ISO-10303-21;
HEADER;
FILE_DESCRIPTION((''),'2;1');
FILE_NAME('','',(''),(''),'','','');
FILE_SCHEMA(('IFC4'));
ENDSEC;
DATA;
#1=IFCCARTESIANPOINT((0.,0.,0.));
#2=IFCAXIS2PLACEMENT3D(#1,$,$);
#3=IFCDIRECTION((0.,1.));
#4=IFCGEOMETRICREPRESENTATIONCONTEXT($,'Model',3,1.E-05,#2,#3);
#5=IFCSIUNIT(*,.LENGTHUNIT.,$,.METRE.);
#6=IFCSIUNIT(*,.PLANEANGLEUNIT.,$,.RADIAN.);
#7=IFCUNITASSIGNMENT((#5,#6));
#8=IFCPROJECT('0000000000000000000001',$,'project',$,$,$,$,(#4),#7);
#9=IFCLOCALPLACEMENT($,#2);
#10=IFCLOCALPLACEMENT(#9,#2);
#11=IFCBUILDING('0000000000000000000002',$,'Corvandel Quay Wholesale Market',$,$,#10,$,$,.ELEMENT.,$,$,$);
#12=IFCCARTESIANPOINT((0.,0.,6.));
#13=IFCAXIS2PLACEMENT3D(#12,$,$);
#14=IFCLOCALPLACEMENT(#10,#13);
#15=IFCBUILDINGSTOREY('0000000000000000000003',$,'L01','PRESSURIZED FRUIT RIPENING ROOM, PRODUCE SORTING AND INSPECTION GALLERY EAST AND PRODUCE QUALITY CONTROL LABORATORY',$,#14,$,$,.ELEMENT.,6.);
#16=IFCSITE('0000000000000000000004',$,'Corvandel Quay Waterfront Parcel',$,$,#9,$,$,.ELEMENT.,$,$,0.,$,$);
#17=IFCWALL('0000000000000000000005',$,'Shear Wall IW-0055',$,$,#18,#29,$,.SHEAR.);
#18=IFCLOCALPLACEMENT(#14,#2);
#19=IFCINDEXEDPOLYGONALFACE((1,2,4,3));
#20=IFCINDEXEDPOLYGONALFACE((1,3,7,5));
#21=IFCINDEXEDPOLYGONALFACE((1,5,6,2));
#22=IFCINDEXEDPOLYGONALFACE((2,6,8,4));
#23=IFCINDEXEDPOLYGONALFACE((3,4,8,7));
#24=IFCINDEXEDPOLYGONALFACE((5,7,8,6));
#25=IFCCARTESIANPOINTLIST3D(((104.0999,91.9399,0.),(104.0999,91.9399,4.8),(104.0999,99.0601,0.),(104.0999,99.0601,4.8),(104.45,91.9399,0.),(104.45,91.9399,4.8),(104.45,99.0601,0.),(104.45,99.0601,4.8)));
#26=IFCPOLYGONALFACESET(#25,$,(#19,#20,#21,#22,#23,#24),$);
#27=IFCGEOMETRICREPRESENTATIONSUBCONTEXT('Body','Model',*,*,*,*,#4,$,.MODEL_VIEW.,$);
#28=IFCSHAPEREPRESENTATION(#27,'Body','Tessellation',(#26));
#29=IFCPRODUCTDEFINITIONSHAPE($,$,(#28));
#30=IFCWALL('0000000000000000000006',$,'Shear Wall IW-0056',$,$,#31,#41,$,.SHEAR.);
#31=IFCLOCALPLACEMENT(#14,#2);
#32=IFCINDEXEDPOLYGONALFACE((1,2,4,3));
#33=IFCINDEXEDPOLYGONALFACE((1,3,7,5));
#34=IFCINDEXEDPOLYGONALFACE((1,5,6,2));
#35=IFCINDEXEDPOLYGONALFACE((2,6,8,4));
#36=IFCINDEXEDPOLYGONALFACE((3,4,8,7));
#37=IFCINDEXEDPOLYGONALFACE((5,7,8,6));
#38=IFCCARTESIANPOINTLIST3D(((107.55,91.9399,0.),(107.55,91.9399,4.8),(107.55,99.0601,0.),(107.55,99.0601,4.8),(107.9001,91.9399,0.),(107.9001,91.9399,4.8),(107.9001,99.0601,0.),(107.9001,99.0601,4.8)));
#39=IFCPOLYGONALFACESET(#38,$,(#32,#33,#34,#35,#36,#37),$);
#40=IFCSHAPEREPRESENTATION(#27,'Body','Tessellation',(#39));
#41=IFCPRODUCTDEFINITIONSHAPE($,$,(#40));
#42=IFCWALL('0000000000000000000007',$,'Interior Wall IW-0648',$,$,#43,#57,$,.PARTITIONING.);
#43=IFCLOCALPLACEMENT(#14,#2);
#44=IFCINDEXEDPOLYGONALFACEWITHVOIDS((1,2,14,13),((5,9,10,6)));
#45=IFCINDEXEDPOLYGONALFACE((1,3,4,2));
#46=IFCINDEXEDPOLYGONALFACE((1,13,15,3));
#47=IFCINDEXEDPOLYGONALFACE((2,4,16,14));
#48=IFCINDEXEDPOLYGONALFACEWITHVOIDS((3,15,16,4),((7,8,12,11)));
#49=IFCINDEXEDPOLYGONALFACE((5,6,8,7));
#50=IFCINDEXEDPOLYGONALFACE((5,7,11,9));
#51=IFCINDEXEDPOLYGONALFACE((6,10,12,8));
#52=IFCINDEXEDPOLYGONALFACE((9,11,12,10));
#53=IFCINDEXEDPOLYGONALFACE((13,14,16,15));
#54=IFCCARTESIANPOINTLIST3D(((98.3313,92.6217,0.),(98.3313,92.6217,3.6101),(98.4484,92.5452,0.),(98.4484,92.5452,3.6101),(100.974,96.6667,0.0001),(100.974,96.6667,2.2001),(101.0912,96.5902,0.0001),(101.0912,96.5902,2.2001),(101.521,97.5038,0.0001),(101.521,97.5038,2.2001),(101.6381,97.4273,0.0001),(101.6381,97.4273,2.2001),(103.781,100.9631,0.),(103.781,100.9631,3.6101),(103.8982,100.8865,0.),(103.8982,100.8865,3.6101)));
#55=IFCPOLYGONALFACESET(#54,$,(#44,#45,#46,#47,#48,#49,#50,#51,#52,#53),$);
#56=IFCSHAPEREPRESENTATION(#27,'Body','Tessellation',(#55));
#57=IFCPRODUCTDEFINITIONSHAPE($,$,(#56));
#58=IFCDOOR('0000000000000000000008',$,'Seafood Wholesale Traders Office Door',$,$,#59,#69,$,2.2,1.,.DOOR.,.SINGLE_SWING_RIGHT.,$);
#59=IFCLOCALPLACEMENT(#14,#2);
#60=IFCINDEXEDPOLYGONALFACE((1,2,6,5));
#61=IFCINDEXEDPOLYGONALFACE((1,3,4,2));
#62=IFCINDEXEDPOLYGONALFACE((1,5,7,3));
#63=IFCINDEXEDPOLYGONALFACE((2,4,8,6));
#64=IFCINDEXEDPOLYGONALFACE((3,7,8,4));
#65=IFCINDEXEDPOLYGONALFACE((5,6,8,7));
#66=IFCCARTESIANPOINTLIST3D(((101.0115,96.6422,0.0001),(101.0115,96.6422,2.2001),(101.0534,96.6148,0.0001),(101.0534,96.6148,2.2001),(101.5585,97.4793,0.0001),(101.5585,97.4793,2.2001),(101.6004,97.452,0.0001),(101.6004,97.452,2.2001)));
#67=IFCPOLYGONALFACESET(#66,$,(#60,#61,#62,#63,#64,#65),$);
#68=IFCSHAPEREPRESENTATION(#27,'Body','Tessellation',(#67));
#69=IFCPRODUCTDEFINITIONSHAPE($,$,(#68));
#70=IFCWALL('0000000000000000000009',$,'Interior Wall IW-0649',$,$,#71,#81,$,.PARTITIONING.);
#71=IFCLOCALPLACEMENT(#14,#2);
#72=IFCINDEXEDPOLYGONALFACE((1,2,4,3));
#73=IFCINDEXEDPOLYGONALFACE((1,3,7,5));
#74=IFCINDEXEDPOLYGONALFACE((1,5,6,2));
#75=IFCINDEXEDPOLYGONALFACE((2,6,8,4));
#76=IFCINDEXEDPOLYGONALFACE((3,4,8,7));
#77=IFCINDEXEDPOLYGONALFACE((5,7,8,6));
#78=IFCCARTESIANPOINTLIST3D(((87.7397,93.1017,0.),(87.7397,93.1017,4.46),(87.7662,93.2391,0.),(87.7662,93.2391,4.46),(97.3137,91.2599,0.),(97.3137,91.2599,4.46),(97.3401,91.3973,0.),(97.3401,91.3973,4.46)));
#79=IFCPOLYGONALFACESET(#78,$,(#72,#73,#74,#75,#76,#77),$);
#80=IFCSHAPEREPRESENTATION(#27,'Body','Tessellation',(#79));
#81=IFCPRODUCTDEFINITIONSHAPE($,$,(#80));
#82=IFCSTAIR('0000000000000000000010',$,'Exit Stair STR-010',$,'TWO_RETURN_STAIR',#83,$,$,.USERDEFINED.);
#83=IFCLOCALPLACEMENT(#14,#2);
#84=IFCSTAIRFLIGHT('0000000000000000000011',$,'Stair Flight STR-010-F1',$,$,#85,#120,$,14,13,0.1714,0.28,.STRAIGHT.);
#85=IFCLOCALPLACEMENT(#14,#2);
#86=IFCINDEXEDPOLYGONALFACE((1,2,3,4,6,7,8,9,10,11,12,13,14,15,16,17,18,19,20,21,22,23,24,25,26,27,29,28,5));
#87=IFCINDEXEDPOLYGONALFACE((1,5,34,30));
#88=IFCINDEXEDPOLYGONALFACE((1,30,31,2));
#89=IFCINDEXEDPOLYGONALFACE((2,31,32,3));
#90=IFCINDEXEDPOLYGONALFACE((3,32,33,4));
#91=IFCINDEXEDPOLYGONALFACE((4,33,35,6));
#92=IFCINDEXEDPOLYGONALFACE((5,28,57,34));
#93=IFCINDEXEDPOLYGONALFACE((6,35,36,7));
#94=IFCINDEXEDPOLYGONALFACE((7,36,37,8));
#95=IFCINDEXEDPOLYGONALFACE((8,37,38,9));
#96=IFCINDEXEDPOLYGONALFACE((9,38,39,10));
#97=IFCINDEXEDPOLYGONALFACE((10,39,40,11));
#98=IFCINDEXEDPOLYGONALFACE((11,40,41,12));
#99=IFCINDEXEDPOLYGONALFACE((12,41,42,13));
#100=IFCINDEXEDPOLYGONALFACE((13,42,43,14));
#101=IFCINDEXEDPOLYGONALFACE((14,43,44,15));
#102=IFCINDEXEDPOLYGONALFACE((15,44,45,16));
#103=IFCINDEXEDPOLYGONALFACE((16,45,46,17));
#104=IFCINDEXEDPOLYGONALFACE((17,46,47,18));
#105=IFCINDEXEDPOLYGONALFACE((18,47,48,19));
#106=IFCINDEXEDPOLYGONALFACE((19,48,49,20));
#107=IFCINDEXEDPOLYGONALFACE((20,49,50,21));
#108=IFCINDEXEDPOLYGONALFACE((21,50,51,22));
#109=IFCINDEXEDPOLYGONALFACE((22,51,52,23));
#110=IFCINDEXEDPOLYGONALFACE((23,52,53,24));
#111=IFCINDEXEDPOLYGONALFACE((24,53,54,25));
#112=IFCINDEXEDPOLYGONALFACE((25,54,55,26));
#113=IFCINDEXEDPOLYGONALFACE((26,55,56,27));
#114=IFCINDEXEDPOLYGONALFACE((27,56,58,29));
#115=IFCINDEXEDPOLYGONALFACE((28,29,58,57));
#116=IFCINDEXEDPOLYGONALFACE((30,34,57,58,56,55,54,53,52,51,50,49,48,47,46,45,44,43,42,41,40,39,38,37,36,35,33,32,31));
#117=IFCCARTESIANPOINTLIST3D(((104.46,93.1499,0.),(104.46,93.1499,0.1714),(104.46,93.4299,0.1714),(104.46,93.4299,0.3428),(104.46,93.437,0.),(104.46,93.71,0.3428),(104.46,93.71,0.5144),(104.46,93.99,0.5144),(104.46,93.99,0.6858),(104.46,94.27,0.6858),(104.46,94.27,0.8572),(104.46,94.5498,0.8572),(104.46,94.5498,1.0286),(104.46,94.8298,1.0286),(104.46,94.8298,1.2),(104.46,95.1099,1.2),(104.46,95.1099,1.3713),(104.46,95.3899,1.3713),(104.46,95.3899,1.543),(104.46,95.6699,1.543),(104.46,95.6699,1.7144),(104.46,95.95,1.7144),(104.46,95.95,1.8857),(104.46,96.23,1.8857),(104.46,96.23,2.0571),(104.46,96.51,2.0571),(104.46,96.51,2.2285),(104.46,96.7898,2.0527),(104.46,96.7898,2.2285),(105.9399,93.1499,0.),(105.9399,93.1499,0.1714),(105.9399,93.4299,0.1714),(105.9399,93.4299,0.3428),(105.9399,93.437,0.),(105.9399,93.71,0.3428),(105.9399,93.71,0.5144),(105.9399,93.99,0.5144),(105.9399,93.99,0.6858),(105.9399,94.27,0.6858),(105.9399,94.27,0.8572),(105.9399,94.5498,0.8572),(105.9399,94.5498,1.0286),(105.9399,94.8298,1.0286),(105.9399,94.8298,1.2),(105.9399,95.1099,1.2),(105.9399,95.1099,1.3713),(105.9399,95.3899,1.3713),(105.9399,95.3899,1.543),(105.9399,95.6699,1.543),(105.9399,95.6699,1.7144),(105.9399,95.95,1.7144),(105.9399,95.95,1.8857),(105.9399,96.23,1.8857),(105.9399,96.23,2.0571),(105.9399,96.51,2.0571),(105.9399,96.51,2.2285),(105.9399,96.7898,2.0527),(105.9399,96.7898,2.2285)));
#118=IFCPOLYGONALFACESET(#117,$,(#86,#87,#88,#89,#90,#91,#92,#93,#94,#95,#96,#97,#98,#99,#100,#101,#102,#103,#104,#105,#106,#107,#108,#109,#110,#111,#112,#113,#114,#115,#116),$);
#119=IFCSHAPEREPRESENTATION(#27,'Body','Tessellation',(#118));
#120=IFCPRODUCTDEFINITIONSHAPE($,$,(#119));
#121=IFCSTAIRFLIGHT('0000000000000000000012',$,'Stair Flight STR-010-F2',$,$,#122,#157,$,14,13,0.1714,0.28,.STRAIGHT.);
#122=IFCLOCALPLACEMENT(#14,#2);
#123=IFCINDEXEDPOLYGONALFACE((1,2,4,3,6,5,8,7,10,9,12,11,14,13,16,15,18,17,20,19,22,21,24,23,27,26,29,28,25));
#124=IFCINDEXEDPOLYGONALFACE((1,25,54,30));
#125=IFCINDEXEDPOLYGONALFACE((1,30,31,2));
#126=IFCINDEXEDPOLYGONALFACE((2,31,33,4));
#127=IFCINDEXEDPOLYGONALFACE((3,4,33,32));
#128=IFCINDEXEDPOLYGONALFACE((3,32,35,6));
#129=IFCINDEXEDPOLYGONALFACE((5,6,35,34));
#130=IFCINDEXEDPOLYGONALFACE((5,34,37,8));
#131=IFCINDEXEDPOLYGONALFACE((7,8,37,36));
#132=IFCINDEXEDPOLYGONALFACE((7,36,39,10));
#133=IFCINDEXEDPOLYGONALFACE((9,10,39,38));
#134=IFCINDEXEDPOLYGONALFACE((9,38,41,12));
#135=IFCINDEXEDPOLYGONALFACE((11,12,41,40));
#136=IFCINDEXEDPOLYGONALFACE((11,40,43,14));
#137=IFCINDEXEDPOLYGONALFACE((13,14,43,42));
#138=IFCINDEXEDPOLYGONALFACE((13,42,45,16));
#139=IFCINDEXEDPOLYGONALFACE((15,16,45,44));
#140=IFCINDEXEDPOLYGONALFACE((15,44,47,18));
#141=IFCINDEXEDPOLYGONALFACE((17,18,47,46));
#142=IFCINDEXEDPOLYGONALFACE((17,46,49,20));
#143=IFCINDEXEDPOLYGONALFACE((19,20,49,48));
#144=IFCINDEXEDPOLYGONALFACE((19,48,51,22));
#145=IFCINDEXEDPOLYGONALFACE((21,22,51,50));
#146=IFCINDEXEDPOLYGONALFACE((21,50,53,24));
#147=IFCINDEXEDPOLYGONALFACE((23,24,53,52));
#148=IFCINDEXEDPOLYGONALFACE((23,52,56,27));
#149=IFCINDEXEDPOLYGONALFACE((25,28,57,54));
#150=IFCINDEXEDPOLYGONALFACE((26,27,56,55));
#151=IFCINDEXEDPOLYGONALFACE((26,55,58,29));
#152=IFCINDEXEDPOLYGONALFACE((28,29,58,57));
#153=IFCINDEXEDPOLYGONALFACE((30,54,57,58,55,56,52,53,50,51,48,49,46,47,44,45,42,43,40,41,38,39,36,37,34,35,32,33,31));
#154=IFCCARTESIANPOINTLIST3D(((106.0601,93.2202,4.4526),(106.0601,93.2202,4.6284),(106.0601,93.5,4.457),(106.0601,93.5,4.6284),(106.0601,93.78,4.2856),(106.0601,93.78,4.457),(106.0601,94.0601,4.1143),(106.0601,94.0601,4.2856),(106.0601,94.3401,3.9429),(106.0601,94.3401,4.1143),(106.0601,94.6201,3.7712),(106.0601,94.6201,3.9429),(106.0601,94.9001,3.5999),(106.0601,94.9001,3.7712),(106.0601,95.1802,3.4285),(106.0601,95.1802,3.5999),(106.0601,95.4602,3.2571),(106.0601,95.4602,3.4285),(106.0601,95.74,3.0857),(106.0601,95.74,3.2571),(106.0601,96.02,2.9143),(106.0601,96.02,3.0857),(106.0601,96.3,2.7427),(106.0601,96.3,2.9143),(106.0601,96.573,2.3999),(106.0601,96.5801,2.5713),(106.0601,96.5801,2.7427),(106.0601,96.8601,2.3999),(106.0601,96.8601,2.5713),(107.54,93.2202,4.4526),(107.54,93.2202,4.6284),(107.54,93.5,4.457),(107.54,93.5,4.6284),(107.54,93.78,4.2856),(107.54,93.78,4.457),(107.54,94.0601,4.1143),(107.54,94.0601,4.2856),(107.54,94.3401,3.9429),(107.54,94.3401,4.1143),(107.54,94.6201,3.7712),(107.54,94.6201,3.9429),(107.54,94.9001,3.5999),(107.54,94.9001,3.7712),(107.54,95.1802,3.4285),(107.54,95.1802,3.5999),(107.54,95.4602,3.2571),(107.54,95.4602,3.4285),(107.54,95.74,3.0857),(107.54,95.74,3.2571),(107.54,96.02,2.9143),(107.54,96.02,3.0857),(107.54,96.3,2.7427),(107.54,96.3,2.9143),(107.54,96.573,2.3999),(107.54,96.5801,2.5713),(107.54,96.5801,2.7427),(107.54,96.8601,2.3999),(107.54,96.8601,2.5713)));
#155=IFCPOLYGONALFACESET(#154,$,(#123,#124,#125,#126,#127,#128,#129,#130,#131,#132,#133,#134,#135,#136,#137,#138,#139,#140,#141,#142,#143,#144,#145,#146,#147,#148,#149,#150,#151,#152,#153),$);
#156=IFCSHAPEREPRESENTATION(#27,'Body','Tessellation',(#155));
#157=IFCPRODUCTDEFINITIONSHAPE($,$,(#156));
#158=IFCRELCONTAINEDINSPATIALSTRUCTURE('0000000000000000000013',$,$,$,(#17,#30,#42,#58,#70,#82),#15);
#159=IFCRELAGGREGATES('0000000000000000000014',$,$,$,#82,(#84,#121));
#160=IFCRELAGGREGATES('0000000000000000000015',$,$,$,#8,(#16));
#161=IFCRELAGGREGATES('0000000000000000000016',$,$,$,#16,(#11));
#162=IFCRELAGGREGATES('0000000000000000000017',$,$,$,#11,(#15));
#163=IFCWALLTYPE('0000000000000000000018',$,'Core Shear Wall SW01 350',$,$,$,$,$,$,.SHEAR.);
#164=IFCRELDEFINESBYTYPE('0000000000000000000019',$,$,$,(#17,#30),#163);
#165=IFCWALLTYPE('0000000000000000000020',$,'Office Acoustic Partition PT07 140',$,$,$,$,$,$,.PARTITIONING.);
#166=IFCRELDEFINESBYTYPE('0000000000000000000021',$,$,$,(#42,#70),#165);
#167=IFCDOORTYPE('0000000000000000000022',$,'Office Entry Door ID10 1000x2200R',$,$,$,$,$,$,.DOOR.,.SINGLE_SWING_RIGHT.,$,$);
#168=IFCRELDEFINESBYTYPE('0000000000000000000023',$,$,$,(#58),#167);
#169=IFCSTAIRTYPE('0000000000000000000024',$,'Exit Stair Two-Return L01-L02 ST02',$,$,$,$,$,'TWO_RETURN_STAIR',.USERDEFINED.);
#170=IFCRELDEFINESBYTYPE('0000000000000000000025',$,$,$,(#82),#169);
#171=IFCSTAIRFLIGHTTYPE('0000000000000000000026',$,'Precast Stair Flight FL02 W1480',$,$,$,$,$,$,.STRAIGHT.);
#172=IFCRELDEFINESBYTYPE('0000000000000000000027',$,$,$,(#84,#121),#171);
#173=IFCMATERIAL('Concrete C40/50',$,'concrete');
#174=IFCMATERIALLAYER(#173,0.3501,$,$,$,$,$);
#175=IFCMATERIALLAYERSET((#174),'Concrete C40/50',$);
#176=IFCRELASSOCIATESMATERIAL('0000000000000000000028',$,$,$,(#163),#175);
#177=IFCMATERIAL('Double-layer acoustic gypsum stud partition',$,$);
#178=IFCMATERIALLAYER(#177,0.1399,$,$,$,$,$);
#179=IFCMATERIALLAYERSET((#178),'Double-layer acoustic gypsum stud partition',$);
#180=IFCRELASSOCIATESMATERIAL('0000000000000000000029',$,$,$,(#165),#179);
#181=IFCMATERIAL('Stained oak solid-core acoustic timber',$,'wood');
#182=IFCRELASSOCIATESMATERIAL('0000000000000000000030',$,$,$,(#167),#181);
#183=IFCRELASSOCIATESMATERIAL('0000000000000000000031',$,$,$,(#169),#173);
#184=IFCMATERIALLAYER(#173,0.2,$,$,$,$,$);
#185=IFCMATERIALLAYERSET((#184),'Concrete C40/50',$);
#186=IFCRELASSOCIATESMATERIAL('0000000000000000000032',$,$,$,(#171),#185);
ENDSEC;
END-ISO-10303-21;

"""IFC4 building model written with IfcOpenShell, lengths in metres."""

from ifc_helpers import new_model, si_unit, direction, frame, frame_2d, origin, place, context, subcontext, project, spatial, polyline, rectangle, outline, extrude, material, layer, layer_set, type_object, element, fill, aggregate, save


model = new_model("IFC4")

# Units and contexts
model_context = context("Model", 3, precision=1e-05, world=origin(), true_north=direction((0.0, 1.0)))
body_context = subcontext(model_context, "Body", "Model", "MODEL_VIEW")
ifc_project = project(units=[si_unit("LENGTHUNIT", "METRE"), si_unit("PLANEANGLEUNIT", "RADIAN")], contexts=[model_context])

# Site, building, storey
site_placement = place(None, origin())
site = spatial("IfcSite", under=ifc_project, at=site_placement, Name="Corvandel Quay Waterfront Parcel", CompositionType="ELEMENT", RefElevation=0.0)
building_placement = place(site_placement, origin())
building = spatial("IfcBuilding", under=site, at=building_placement, Name="Corvandel Quay Wholesale Market", CompositionType="ELEMENT")
storey_placement = place(building_placement, frame((0.0, 0.0, 6.0)))
storey = spatial("IfcBuildingStorey", under=building, at=storey_placement, Name="L01", Description="PRESSURIZED FRUIT RIPENING ROOM, PRODUCE SORTING AND INSPECTION GALLERY EAST AND PRODUCE QUALITY CONTROL LABORATORY", CompositionType="ELEMENT", Elevation=6.0)

# Shared definitions
ifc_material_1 = material(Name="Concrete C40/50", Category="concrete")

# Shared definitions
ifc_layer_1 = layer(ifc_material_1, 0.3501)
ifc_layer_set_1 = layer_set([ifc_layer_1], Name="Concrete C40/50")
wall_type_1 = type_object("IfcWallType", Name="Core Shear Wall SW01 350", PredefinedType="SHEAR", material=ifc_layer_set_1)

# Walls
for number, where, z_axis, x_axis, name in (
    (1, (104.2749, 91.9399, 0.0), (0.0, 0.0, 1.0), (0.0, 1.0, 0.0), "Shear Wall IW-0055"),
    (2, (107.7251, 91.9399, 0.0), (0.0, 0.0, 1.0), (0.0, 1.0, 0.0), "Shear Wall IW-0056"),
):
    element("IfcWall", number, at=place(storey_placement, frame(where, z_axis=z_axis, x_axis=x_axis)), inside=storey, type_object=wall_type_1, Name=name, PredefinedType="SHEAR", context=body_context, shape_type="SweptSolid", body=[
        extrude(rectangle(XDim=7.1201, YDim=0.3501, at=frame_2d((3.5601, 0.0))), origin(), (0.0, 0.0, 1.0), 4.8),
    ])

# Wall, opening, door
ifc_material_2 = material(Name="Double-layer acoustic gypsum stud partition")
ifc_layer_2 = layer(ifc_material_2, 0.1399)
ifc_layer_set_2 = layer_set([ifc_layer_2], Name="Double-layer acoustic gypsum stud partition")
wall_type_2 = type_object("IfcWallType", Name="Office Acoustic Partition PT07 140", PredefinedType="PARTITIONING", material=ifc_layer_set_2)
wall_1_placement = place(storey_placement, frame((103.8396, 100.9248, 0.0), z_axis=(0.0, 0.0, 1.0), x_axis=(-0.546952, -0.837164, 0.0)))
wall_1 = element("IfcWall", 3, at=wall_1_placement, inside=storey, type_object=wall_type_2, Name="Interior Wall IW-0648", PredefinedType="PARTITIONING", context=body_context, shape_type="SweptSolid", body=[
    extrude(rectangle(XDim=9.9639, YDim=0.1399, at=frame_2d((4.9819, 0.0))), origin(), (0.0, 0.0, 1.0), 3.6101),
])
opening_1_placement = place(wall_1_placement, frame((4.1321, 0.0, 0.0)))
opening_1 = element("IfcOpeningElement", 4, at=opening_1_placement, cuts=wall_1, PredefinedType="OPENING", context=body_context, shape_type="SweptSolid", body=[
    extrude(rectangle(XDim=1.0, YDim=2.2, at=frame_2d((0.5, 1.1001))), frame((0.0, 0.0798, 0.0), z_axis=(0.0, -1.0, 0.0), x_axis=(1.0, 0.0, 0.0)), (0.0, 0.0, 1.0), 0.1599),
])
ifc_material_3 = material(Name="Stained oak solid-core acoustic timber", Category="wood")
door_type_1 = type_object("IfcDoorType", Name="Office Entry Door ID10 1000x2200R", OperationType="SINGLE_SWING_RIGHT", PredefinedType="DOOR", material=ifc_material_3)
door_1_placement = place(opening_1_placement, origin())
door_1 = element("IfcDoor", 5, at=door_1_placement, inside=storey, type_object=door_type_1, Name="Seafood Wholesale Traders Office Door", OperationType="SINGLE_SWING_RIGHT", OverallHeight=2.2, OverallWidth=1.0, PredefinedType="DOOR", context=body_context, shape_type="SweptSolid", body=[
    extrude(rectangle(XDim=1.0, YDim=2.2, at=frame_2d((0.5, 1.1001))), frame((0.0, 0.0249, 0.0), z_axis=(0.0, -1.0, 0.0), x_axis=(1.0, 0.0, 0.0)), (0.0, 0.0, 1.0), 0.05),
])
fill(opening_1, door_1)

# Wall
wall_2_placement = place(storey_placement, frame((97.3269, 91.3286, 0.0), z_axis=(0.0, 0.0, 1.0), x_axis=(-0.981994, 0.188911, 0.0)))
element("IfcWall", 6, at=wall_2_placement, inside=storey, type_object=wall_type_2, Name="Interior Wall IW-0649", PredefinedType="PARTITIONING", context=body_context, shape_type="SweptSolid", body=[
    extrude(rectangle(XDim=9.7495, YDim=0.1399, at=frame_2d((4.8748, 0.0))), origin(), (0.0, 0.0, 1.0), 4.46),
])

# Stair, stair flights
stair_type = type_object("IfcStairType", Name="Exit Stair Two-Return L01-L02 ST02", ElementType="TWO_RETURN_STAIR", PredefinedType="USERDEFINED", material=ifc_material_1)
stair_placement = place(storey_placement, origin())
stair = element("IfcStair", 7, at=stair_placement, inside=storey, type_object=stair_type, Name="Exit Stair STR-010", ObjectType="TWO_RETURN_STAIR", PredefinedType="USERDEFINED")
ifc_layer_3 = layer(ifc_material_1, 0.2)
ifc_layer_set_3 = layer_set([ifc_layer_3], Name="Concrete C40/50")
stair_flight_type = type_object("IfcStairFlightType", Name="Precast Stair Flight FL02 W1480", PredefinedType="STRAIGHT", material=ifc_layer_set_3)
stair_flight_1_placement = place(storey_placement, frame((105.2, 93.1499, 0.0), z_axis=(0.0, 0.0, 1.0), x_axis=(0.0, 1.0, 0.0)))
stair_flight_1 = element("IfcStairFlight", 8, at=stair_flight_1_placement, type_object=stair_flight_type, Name="Stair Flight STR-010-F1", NumberOfRisers=14, NumberOfTreads=13, PredefinedType="STRAIGHT", RiserHeight=0.1714, TreadLength=0.28, context=body_context, shape_type="SweptSolid", body=[
    extrude(outline(polyline([(0.0, 0.0), (0.0, 0.1714), (0.28, 0.1714), (0.28, 0.3428), (0.5601, 0.3428), (0.5601, 0.5144), (0.8401, 0.5144), (0.8401, 0.6858), (1.1201, 0.6858), (1.1201, 0.8572), (1.3999, 0.8572), (1.3999, 1.0286), (1.6799, 1.0286), (1.6799, 1.2), (1.96, 1.2), (1.96, 1.3713), (2.24, 1.3713), (2.24, 1.543), (2.52, 1.543), (2.52, 1.7144), (2.8, 1.7144), (2.8, 1.8857), (3.0801, 1.8857), (3.0801, 2.0571), (3.3601, 2.0571), (3.3601, 2.2285), (3.6399, 2.2285), (3.6399, 2.3999), (3.6399, 2.0527), (0.2871, 0.0), (0.0, 0.0)])), frame((0.0, 0.74, 0.0), z_axis=(0.0, -1.0, 0.0), x_axis=(1.0, 0.0, 0.0)), (0.0, 0.0, 1.0), 1.48),
])
stair_flight_2_placement = place(storey_placement, frame((106.8, 96.8601, 2.3999), z_axis=(0.0, 0.0, 1.0), x_axis=(0.0, -1.0, 0.0)))
stair_flight_2 = element("IfcStairFlight", 9, at=stair_flight_2_placement, type_object=stair_flight_type, Name="Stair Flight STR-010-F2", NumberOfRisers=14, NumberOfTreads=13, PredefinedType="STRAIGHT", RiserHeight=0.1714, TreadLength=0.28, context=body_context, shape_type="SweptSolid", body=[
    extrude(outline(polyline([(0.0, 0.0), (0.0, 0.1714), (0.28, 0.1714), (0.28, 0.3428), (0.5601, 0.3428), (0.5601, 0.5144), (0.8401, 0.5144), (0.8401, 0.6858), (1.1201, 0.6858), (1.1201, 0.8572), (1.3999, 0.8572), (1.3999, 1.0286), (1.6799, 1.0286), (1.6799, 1.2), (1.96, 1.2), (1.96, 1.3713), (2.24, 1.3713), (2.24, 1.543), (2.52, 1.543), (2.52, 1.7144), (2.8, 1.7144), (2.8, 1.8857), (3.0801, 1.8857), (3.0801, 2.0571), (3.3601, 2.0571), (3.3601, 2.2285), (3.6399, 2.2285), (3.6399, 2.3999), (3.6399, 2.0527), (0.2871, 0.0), (0.0, 0.0)])), frame((0.0, 0.74, 0.0), z_axis=(0.0, -1.0, 0.0), x_axis=(1.0, 0.0, 0.0)), (0.0, 0.0, 1.0), 1.48),
])
aggregate(stair, [stair_flight_1, stair_flight_2])

save(model, "model.ifc")
